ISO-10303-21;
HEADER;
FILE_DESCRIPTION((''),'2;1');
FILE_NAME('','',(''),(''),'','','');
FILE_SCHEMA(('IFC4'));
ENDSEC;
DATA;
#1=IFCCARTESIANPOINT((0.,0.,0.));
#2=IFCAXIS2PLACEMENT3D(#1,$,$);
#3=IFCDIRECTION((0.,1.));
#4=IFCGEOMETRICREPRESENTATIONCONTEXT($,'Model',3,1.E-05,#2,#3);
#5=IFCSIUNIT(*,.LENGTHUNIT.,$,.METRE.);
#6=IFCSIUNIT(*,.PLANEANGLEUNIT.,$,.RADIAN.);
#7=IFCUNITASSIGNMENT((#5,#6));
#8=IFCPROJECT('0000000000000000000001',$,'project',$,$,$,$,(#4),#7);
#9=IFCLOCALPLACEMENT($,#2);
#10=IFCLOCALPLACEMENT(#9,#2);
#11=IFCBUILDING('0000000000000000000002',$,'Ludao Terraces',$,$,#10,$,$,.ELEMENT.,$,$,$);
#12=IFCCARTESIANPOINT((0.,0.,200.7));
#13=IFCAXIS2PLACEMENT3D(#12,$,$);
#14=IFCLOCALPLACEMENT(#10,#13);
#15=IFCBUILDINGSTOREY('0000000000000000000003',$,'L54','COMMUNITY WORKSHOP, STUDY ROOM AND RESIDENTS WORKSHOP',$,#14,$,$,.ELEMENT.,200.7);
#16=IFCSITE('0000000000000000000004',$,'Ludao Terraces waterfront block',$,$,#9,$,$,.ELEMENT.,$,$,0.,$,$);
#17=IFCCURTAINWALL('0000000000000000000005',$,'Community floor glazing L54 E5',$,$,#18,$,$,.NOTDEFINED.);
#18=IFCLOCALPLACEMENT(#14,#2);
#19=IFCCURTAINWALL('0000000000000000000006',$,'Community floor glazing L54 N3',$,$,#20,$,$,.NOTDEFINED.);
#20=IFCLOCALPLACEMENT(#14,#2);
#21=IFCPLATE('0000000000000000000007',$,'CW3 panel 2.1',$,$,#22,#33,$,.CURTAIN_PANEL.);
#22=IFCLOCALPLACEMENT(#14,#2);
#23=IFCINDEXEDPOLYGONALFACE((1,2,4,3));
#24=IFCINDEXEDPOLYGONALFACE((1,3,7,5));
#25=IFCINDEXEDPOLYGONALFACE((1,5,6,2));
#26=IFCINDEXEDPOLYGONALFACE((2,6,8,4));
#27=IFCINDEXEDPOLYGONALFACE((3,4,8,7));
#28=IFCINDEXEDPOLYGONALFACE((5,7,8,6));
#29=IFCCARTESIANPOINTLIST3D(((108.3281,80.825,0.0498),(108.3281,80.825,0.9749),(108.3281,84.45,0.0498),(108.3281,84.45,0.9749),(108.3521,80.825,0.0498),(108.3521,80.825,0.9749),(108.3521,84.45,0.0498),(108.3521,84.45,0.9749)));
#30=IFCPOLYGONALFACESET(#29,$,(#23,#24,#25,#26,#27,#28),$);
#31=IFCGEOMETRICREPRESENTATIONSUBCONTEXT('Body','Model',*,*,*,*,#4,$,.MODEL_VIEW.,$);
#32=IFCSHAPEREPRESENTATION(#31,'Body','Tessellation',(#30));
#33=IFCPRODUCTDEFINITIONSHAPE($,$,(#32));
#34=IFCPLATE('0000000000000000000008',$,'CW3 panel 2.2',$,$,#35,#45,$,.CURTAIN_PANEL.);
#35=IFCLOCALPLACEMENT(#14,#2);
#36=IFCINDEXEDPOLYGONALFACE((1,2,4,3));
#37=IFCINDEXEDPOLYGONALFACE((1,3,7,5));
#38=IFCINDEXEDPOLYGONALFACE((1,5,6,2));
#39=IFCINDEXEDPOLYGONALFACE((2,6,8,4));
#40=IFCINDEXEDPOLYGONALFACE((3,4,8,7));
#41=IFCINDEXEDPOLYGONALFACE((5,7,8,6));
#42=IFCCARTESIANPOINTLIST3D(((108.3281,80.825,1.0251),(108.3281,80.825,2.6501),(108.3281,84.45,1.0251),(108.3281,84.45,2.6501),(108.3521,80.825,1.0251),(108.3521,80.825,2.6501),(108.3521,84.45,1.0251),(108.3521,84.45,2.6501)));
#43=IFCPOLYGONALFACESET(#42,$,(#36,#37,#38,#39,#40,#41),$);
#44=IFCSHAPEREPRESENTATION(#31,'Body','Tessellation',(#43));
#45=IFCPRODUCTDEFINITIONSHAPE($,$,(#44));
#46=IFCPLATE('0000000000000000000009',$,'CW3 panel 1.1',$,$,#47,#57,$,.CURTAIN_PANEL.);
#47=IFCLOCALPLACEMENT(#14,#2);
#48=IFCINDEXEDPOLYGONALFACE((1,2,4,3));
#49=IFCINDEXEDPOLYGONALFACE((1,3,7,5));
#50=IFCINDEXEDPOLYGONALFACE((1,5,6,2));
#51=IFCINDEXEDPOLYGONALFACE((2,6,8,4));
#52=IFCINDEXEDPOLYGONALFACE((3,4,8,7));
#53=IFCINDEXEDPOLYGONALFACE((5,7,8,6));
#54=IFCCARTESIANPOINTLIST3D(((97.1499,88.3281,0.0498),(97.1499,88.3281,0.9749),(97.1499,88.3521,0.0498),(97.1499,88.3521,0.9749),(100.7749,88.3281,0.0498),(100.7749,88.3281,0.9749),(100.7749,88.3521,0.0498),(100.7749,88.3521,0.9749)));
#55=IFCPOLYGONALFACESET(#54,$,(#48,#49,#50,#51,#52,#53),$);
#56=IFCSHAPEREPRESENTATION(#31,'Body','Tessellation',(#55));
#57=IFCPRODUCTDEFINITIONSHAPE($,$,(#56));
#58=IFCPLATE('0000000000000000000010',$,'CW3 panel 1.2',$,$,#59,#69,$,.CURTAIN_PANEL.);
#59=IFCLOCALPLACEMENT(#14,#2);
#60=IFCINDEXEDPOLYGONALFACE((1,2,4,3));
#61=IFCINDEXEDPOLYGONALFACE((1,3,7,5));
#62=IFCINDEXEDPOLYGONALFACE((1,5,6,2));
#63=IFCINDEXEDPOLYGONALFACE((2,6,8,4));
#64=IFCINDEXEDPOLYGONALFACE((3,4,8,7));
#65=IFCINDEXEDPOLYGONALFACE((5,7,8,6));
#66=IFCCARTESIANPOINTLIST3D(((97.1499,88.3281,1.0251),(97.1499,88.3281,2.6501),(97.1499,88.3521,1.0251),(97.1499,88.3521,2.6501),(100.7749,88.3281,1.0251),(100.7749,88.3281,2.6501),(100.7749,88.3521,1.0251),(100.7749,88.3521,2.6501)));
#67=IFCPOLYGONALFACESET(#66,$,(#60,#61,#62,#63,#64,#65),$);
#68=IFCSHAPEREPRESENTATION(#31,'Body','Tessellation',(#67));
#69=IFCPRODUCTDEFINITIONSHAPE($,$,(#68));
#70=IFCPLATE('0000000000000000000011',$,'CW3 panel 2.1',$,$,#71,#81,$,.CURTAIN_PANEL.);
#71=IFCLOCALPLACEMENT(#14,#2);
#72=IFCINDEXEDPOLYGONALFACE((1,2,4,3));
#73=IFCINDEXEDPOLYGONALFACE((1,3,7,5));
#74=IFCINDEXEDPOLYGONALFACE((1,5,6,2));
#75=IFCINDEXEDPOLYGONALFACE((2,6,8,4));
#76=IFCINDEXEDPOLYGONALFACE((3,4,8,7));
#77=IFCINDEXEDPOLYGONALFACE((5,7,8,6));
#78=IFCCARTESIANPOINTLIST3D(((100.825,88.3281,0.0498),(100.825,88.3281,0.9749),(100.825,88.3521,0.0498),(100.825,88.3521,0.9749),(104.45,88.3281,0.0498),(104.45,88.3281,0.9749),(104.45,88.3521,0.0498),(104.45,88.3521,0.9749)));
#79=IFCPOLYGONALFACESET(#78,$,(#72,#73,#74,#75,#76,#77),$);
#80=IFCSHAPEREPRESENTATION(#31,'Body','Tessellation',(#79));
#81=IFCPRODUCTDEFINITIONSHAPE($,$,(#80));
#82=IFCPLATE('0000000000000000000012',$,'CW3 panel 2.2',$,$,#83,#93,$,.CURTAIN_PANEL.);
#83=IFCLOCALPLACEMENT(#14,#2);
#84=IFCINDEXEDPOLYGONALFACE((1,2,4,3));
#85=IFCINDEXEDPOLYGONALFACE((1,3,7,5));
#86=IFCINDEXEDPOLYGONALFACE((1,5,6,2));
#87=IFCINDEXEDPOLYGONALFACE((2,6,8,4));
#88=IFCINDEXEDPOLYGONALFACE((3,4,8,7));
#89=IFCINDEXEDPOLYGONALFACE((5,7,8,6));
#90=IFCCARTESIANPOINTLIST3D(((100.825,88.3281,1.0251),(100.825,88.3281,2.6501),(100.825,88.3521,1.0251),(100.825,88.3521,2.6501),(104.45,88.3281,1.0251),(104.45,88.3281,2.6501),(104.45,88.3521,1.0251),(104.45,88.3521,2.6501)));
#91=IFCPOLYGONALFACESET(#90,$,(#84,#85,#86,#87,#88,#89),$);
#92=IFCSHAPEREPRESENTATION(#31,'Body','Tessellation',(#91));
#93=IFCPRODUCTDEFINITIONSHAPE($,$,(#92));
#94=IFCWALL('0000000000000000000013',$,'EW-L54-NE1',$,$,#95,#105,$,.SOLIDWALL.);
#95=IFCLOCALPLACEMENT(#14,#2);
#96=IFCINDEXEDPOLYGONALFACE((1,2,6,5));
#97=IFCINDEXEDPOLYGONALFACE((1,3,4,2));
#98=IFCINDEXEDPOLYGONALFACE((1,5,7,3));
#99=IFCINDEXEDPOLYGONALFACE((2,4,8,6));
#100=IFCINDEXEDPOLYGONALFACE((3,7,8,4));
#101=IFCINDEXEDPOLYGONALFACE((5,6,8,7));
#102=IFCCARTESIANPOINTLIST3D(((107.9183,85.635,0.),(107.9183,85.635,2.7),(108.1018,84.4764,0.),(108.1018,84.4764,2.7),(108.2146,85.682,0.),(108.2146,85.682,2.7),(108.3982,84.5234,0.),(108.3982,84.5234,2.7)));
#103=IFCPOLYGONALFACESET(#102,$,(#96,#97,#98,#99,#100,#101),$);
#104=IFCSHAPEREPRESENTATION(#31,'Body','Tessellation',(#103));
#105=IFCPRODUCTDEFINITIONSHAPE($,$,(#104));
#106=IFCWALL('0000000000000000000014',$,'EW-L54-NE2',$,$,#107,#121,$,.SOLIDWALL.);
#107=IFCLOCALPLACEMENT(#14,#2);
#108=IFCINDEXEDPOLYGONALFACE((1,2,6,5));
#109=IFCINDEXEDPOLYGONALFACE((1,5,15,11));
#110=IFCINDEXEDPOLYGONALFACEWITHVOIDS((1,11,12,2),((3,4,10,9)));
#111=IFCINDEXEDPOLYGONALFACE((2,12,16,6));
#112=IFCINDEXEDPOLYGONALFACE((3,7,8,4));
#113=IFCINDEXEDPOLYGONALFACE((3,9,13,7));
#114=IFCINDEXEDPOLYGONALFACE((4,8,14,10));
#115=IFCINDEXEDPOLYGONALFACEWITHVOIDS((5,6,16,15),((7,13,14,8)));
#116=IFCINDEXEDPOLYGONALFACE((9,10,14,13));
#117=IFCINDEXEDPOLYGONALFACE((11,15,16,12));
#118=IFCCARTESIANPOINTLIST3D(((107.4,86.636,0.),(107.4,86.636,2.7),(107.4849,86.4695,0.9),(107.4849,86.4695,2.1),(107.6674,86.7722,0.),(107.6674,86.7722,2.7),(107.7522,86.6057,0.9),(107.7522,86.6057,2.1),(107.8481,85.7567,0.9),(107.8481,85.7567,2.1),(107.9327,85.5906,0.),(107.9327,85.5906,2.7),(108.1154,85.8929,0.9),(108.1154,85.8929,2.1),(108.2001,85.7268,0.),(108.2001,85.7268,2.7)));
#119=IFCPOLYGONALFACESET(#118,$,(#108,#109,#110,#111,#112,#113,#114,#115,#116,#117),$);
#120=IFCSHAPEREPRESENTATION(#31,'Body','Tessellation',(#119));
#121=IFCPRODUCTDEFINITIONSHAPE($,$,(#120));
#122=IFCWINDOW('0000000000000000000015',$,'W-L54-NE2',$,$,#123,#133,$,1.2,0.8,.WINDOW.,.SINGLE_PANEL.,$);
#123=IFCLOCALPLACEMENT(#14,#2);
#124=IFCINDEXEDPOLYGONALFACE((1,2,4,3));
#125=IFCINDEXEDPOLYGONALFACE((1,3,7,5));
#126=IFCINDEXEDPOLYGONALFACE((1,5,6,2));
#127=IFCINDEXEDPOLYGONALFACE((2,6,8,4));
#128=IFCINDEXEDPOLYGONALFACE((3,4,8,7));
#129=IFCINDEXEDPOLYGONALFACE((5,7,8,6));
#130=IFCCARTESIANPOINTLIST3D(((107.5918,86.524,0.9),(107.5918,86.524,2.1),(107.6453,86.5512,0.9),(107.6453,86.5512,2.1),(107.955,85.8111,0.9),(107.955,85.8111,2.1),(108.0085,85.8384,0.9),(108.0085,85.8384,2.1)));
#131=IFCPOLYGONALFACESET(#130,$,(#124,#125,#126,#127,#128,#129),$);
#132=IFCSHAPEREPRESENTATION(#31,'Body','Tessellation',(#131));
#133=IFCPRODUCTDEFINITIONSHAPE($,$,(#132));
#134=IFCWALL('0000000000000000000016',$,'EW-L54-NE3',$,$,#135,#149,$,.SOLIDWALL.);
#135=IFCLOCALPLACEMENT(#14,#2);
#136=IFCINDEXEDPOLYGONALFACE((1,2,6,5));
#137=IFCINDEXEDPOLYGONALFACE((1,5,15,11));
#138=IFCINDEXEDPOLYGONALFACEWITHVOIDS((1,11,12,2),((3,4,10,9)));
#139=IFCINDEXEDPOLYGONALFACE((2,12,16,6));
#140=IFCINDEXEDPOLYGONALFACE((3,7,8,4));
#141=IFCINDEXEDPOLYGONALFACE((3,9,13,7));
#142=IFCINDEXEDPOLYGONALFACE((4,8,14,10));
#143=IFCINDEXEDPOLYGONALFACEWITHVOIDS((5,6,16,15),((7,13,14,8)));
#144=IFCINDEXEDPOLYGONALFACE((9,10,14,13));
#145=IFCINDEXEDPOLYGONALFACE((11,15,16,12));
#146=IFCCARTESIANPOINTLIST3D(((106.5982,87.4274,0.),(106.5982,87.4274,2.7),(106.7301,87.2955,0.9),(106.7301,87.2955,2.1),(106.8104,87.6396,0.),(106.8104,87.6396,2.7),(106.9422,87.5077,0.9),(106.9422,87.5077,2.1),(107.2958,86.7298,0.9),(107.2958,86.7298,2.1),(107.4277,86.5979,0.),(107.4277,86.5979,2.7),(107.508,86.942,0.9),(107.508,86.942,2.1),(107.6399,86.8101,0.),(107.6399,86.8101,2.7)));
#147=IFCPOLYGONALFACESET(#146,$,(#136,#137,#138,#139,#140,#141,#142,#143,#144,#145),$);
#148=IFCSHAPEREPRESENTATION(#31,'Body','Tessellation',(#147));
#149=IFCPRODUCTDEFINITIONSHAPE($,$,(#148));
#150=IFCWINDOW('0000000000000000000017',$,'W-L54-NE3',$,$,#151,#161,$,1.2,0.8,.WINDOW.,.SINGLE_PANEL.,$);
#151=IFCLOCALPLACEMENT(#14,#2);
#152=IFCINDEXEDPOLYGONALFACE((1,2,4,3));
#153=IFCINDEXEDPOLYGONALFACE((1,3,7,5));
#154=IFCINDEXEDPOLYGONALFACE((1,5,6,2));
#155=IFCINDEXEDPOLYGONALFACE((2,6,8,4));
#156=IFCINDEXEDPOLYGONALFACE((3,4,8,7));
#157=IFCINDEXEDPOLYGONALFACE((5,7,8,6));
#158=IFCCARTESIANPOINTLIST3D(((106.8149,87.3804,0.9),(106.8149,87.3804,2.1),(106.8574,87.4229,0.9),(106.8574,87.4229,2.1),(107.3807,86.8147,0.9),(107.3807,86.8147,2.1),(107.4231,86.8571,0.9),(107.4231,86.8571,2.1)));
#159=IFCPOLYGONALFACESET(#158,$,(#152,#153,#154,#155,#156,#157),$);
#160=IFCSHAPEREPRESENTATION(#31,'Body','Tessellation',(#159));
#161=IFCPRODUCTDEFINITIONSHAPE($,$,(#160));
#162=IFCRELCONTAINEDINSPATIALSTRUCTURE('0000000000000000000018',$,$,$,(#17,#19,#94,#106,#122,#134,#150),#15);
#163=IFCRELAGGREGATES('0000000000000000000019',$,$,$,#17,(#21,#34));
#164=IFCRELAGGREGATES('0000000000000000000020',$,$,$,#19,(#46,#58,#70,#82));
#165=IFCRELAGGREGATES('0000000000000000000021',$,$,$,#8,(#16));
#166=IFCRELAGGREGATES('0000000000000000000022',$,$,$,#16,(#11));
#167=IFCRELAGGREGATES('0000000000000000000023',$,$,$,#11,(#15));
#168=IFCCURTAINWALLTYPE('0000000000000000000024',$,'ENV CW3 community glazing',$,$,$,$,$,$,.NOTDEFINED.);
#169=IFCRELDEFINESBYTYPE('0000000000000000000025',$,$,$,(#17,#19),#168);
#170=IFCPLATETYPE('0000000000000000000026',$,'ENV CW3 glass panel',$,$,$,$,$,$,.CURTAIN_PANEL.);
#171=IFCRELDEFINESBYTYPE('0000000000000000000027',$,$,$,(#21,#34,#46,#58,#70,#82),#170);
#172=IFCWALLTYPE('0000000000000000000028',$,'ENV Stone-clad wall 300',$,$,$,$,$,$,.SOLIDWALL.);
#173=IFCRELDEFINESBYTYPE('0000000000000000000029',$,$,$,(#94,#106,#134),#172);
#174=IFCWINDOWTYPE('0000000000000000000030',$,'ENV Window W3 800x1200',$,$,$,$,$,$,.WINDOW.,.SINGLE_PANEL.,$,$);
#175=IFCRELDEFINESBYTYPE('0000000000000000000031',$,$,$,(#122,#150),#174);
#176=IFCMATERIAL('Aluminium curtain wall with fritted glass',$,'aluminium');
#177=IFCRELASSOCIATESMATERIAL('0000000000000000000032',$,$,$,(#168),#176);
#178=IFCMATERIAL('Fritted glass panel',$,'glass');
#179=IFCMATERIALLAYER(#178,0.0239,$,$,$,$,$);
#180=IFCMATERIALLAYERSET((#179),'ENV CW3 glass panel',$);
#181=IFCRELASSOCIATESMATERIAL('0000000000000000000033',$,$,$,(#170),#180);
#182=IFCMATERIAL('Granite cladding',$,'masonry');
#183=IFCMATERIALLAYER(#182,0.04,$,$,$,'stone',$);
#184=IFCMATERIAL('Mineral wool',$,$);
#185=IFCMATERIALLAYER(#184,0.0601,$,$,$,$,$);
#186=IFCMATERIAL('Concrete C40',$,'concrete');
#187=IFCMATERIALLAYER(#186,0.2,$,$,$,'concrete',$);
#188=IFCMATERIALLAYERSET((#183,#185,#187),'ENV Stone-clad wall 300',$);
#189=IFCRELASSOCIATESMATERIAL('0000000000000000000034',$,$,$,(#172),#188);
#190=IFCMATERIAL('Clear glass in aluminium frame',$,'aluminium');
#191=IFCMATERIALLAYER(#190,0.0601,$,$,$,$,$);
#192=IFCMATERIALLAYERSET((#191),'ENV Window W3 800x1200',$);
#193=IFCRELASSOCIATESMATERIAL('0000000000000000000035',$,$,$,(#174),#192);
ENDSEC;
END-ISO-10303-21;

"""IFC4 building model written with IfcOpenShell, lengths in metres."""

from ifc_helpers import new_model, si_unit, direction, frame, frame_2d, origin, origin_2d, place, context, subcontext, project, spatial, rectangle, extrude, material, layer, layer_set, type_object, element, fill, aggregate, save


model = new_model("IFC4")

# Units and contexts
model_context = context("Model", 3, precision=1e-05, world=origin(), true_north=direction((0.0, 1.0)))
body_context = subcontext(model_context, "Body", "Model", "MODEL_VIEW")
ifc_project = project(units=[si_unit("LENGTHUNIT", "METRE"), si_unit("PLANEANGLEUNIT", "RADIAN")], contexts=[model_context])

# Site, building, storey
site_placement = place(None, origin())
site = spatial("IfcSite", under=ifc_project, at=site_placement, Name="Ludao Terraces waterfront block", CompositionType="ELEMENT", RefElevation=0.0)
building_placement = place(site_placement, origin())
building = spatial("IfcBuilding", under=site, at=building_placement, Name="Ludao Terraces", CompositionType="ELEMENT")
storey_placement = place(building_placement, frame((0.0, 0.0, 200.7)))
storey = spatial("IfcBuildingStorey", under=building, at=storey_placement, Name="L54", Description="COMMUNITY WORKSHOP, STUDY ROOM AND RESIDENTS WORKSHOP", CompositionType="ELEMENT", Elevation=200.7)

# Curtain wall
ifc_material_1 = material(Name="Aluminium curtain wall with fritted glass", Category="aluminium")
curtain_wall_type = type_object("IfcCurtainWallType", Name="ENV CW3 community glazing", PredefinedType="NOTDEFINED", material=ifc_material_1)
curtain_wall_1_placement = place(storey_placement, origin())
curtain_wall_1 = element("IfcCurtainWall", 1, at=curtain_wall_1_placement, inside=storey, type_object=curtain_wall_type, Name="Community floor glazing L54 E5", PredefinedType="NOTDEFINED")

# Curtain wall
curtain_wall_2_placement = place(storey_placement, origin())
curtain_wall_2 = element("IfcCurtainWall", 2, at=curtain_wall_2_placement, inside=storey, type_object=curtain_wall_type, Name="Community floor glazing L54 N3", PredefinedType="NOTDEFINED")

# Shared definitions
ifc_material_2 = material(Name="Concrete C40", Category="concrete")

# Plates
ifc_material_3 = material(Name="Fritted glass panel", Category="glass")
ifc_layer_1 = layer(ifc_material_3, 0.0239)
ifc_layer_set_1 = layer_set([ifc_layer_1], Name="ENV CW3 glass panel")
plate_type = type_object("IfcPlateType", Name="ENV CW3 glass panel", PredefinedType="CURTAIN_PANEL", material=ifc_layer_set_1)
plate_1_placement = place(storey_placement, frame((108.3401, 82.6375, 0.0498), z_axis=(0.0, 0.0, 1.0), x_axis=(0.0, 1.0, 0.0)))
plate_1 = element("IfcPlate", 3, at=plate_1_placement, type_object=plate_type, Name="CW3 panel 2.1", PredefinedType="CURTAIN_PANEL", context=body_context, shape_type="SweptSolid", body=[
    extrude(rectangle(XDim=3.625, YDim=0.0239, at=origin_2d()), origin(), (0.0, 0.0, 1.0), 0.925),
])
plate_2_placement = place(storey_placement, frame((108.3401, 82.6375, 1.0251), z_axis=(0.0, 0.0, 1.0), x_axis=(0.0, 1.0, 0.0)))
plate_2 = element("IfcPlate", 4, at=plate_2_placement, type_object=plate_type, Name="CW3 panel 2.2", PredefinedType="CURTAIN_PANEL", context=body_context, shape_type="SweptSolid", body=[
    extrude(rectangle(XDim=3.625, YDim=0.0239, at=origin_2d()), origin(), (0.0, 0.0, 1.0), 1.625),
])
aggregate(curtain_wall_1, [plate_1, plate_2])
plate_3_placement = place(storey_placement, frame((98.9624, 88.3401, 0.0498), z_axis=(0.0, 0.0, 1.0), x_axis=(1.0, 0.0, 0.0)))
plate_3 = element("IfcPlate", 5, at=plate_3_placement, type_object=plate_type, Name="CW3 panel 1.1", PredefinedType="CURTAIN_PANEL", context=body_context, shape_type="SweptSolid", body=[
    extrude(rectangle(XDim=3.625, YDim=0.0239, at=origin_2d()), origin(), (0.0, 0.0, 1.0), 0.925),
])
plate_4_placement = place(storey_placement, frame((98.9624, 88.3401, 1.0251), z_axis=(0.0, 0.0, 1.0), x_axis=(1.0, 0.0, 0.0)))
plate_4 = element("IfcPlate", 6, at=plate_4_placement, type_object=plate_type, Name="CW3 panel 1.2", PredefinedType="CURTAIN_PANEL", context=body_context, shape_type="SweptSolid", body=[
    extrude(rectangle(XDim=3.625, YDim=0.0239, at=origin_2d()), origin(), (0.0, 0.0, 1.0), 1.625),
])
plate_5_placement = place(storey_placement, frame((102.6375, 88.3401, 0.0498), z_axis=(0.0, 0.0, 1.0), x_axis=(1.0, 0.0, 0.0)))
plate_5 = element("IfcPlate", 7, at=plate_5_placement, type_object=plate_type, Name="CW3 panel 2.1", PredefinedType="CURTAIN_PANEL", context=body_context, shape_type="SweptSolid", body=[
    extrude(rectangle(XDim=3.625, YDim=0.0239, at=origin_2d()), origin(), (0.0, 0.0, 1.0), 0.925),
])
plate_6_placement = place(storey_placement, frame((102.6375, 88.3401, 1.0251), z_axis=(0.0, 0.0, 1.0), x_axis=(1.0, 0.0, 0.0)))
plate_6 = element("IfcPlate", 8, at=plate_6_placement, type_object=plate_type, Name="CW3 panel 2.2", PredefinedType="CURTAIN_PANEL", context=body_context, shape_type="SweptSolid", body=[
    extrude(rectangle(XDim=3.625, YDim=0.0239, at=origin_2d()), origin(), (0.0, 0.0, 1.0), 1.625),
])
aggregate(curtain_wall_2, [plate_3, plate_4, plate_5, plate_6])

# Wall
ifc_material_4 = material(Name="Granite cladding", Category="masonry")
ifc_layer_2 = layer(ifc_material_4, 0.04, Category="stone")
ifc_material_5 = material(Name="Mineral wool")
ifc_layer_3 = layer(ifc_material_5, 0.0601)
ifc_layer_4 = layer(ifc_material_2, 0.2, Category="concrete")
ifc_layer_set_2 = layer_set([ifc_layer_2, ifc_layer_3, ifc_layer_4], Name="ENV Stone-clad wall 300")
wall_type_1 = type_object("IfcWallType", Name="ENV Stone-clad wall 300", PredefinedType="SOLIDWALL", material=ifc_layer_set_2)
wall_1_placement = place(storey_placement, frame((108.25, 84.5, 0.0), z_axis=(0.0, 0.0, 1.0), x_axis=(-0.156497, 0.987678, 0.0)))
element("IfcWall", 9, at=wall_1_placement, inside=storey, type_object=wall_type_1, Name="EW-L54-NE1", PredefinedType="SOLIDWALL", context=body_context, shape_type="SweptSolid", body=[
    extrude(rectangle(XDim=1.1731, YDim=0.3, at=frame_2d((0.5864, 0.0))), origin(), (0.0, 0.0, 1.0), 2.7),
])

# Walls, openings, windows
wall_2_placement = place(storey_placement, frame((108.0664, 85.6587, 0.0), z_axis=(0.0, 0.0, 1.0), x_axis=(-0.454026, 0.890989, 0.0)))
wall_2 = element("IfcWall", 10, at=wall_2_placement, inside=storey, type_object=wall_type_1, Name="EW-L54-NE2", PredefinedType="SOLIDWALL", context=body_context, shape_type="SweptSolid", body=[
    extrude(rectangle(XDim=1.1733, YDim=0.3, at=frame_2d((0.5867, 0.0))), origin(), (0.0, 0.0, 1.0), 2.7),
])
opening_1_placement = place(wall_2_placement, frame((0.1865, 0.0, 0.8999)))
opening_1 = element("IfcOpeningElement", 11, at=opening_1_placement, cuts=wall_2, PredefinedType="OPENING", context=body_context, shape_type="SweptSolid", body=[
    extrude(rectangle(XDim=0.8, YDim=1.2, at=frame_2d((0.3999, 0.6001))), frame((0.0, 0.1602, 0.0), z_axis=(0.0, -1.0, 0.0), x_axis=(1.0, 0.0, 0.0)), (0.0, 0.0, 1.0), 0.3201),
])
ifc_material_6 = material(Name="Clear glass in aluminium frame", Category="aluminium")
ifc_layer_5 = layer(ifc_material_6, 0.0601)
ifc_layer_set_3 = layer_set([ifc_layer_5], Name="ENV Window W3 800x1200")
window_type = type_object("IfcWindowType", Name="ENV Window W3 800x1200", PartitioningType="SINGLE_PANEL", PredefinedType="WINDOW", material=ifc_layer_set_3)
window_1_placement = place(opening_1_placement, origin())
window_1 = element("IfcWindow", 12, at=window_1_placement, inside=storey, type_object=window_type, Name="W-L54-NE2", OverallHeight=1.2, OverallWidth=0.8, PartitioningType="SINGLE_PANEL", PredefinedType="WINDOW", context=body_context, shape_type="SweptSolid", body=[
    extrude(rectangle(XDim=0.8, YDim=1.2, at=frame_2d((0.3999, 0.6001))), frame((0.0, 0.03, 0.0), z_axis=(0.0, -1.0, 0.0), x_axis=(1.0, 0.0, 0.0)), (0.0, 0.0, 1.0), 0.0601),
])
fill(opening_1, window_1)
wall_3_placement = place(storey_placement, frame((107.5337, 86.7041, 0.0), z_axis=(0.0, 0.0, 1.0), x_axis=(-0.707107, 0.707107, 0.0)))
wall_3 = element("IfcWall", 13, at=wall_3_placement, inside=storey, type_object=wall_type_1, Name="EW-L54-NE3", PredefinedType="SOLIDWALL", context=body_context, shape_type="SweptSolid", body=[
    extrude(rectangle(XDim=1.1731, YDim=0.3, at=frame_2d((0.5864, 0.0))), origin(), (0.0, 0.0, 1.0), 2.7),
])
opening_2_placement = place(wall_3_placement, frame((0.1865, 0.0, 0.8999)))
opening_2 = element("IfcOpeningElement", 14, at=opening_2_placement, cuts=wall_3, PredefinedType="OPENING", context=body_context, shape_type="SweptSolid", body=[
    extrude(rectangle(XDim=0.8, YDim=1.2, at=frame_2d((0.3999, 0.6001))), frame((0.0, 0.1602, 0.0), z_axis=(0.0, -1.0, 0.0), x_axis=(1.0, 0.0, 0.0)), (0.0, 0.0, 1.0), 0.3201),
])
window_2_placement = place(opening_2_placement, origin())
window_2 = element("IfcWindow", 15, at=window_2_placement, inside=storey, type_object=window_type, Name="W-L54-NE3", OverallHeight=1.2, OverallWidth=0.8, PartitioningType="SINGLE_PANEL", PredefinedType="WINDOW", context=body_context, shape_type="SweptSolid", body=[
    extrude(rectangle(XDim=0.8, YDim=1.2, at=frame_2d((0.3999, 0.6001))), frame((0.0, 0.03, 0.0), z_axis=(0.0, -1.0, 0.0), x_axis=(1.0, 0.0, 0.0)), (0.0, 0.0, 1.0), 0.0601),
])
fill(opening_2, window_2)

save(model, "model.ifc")
